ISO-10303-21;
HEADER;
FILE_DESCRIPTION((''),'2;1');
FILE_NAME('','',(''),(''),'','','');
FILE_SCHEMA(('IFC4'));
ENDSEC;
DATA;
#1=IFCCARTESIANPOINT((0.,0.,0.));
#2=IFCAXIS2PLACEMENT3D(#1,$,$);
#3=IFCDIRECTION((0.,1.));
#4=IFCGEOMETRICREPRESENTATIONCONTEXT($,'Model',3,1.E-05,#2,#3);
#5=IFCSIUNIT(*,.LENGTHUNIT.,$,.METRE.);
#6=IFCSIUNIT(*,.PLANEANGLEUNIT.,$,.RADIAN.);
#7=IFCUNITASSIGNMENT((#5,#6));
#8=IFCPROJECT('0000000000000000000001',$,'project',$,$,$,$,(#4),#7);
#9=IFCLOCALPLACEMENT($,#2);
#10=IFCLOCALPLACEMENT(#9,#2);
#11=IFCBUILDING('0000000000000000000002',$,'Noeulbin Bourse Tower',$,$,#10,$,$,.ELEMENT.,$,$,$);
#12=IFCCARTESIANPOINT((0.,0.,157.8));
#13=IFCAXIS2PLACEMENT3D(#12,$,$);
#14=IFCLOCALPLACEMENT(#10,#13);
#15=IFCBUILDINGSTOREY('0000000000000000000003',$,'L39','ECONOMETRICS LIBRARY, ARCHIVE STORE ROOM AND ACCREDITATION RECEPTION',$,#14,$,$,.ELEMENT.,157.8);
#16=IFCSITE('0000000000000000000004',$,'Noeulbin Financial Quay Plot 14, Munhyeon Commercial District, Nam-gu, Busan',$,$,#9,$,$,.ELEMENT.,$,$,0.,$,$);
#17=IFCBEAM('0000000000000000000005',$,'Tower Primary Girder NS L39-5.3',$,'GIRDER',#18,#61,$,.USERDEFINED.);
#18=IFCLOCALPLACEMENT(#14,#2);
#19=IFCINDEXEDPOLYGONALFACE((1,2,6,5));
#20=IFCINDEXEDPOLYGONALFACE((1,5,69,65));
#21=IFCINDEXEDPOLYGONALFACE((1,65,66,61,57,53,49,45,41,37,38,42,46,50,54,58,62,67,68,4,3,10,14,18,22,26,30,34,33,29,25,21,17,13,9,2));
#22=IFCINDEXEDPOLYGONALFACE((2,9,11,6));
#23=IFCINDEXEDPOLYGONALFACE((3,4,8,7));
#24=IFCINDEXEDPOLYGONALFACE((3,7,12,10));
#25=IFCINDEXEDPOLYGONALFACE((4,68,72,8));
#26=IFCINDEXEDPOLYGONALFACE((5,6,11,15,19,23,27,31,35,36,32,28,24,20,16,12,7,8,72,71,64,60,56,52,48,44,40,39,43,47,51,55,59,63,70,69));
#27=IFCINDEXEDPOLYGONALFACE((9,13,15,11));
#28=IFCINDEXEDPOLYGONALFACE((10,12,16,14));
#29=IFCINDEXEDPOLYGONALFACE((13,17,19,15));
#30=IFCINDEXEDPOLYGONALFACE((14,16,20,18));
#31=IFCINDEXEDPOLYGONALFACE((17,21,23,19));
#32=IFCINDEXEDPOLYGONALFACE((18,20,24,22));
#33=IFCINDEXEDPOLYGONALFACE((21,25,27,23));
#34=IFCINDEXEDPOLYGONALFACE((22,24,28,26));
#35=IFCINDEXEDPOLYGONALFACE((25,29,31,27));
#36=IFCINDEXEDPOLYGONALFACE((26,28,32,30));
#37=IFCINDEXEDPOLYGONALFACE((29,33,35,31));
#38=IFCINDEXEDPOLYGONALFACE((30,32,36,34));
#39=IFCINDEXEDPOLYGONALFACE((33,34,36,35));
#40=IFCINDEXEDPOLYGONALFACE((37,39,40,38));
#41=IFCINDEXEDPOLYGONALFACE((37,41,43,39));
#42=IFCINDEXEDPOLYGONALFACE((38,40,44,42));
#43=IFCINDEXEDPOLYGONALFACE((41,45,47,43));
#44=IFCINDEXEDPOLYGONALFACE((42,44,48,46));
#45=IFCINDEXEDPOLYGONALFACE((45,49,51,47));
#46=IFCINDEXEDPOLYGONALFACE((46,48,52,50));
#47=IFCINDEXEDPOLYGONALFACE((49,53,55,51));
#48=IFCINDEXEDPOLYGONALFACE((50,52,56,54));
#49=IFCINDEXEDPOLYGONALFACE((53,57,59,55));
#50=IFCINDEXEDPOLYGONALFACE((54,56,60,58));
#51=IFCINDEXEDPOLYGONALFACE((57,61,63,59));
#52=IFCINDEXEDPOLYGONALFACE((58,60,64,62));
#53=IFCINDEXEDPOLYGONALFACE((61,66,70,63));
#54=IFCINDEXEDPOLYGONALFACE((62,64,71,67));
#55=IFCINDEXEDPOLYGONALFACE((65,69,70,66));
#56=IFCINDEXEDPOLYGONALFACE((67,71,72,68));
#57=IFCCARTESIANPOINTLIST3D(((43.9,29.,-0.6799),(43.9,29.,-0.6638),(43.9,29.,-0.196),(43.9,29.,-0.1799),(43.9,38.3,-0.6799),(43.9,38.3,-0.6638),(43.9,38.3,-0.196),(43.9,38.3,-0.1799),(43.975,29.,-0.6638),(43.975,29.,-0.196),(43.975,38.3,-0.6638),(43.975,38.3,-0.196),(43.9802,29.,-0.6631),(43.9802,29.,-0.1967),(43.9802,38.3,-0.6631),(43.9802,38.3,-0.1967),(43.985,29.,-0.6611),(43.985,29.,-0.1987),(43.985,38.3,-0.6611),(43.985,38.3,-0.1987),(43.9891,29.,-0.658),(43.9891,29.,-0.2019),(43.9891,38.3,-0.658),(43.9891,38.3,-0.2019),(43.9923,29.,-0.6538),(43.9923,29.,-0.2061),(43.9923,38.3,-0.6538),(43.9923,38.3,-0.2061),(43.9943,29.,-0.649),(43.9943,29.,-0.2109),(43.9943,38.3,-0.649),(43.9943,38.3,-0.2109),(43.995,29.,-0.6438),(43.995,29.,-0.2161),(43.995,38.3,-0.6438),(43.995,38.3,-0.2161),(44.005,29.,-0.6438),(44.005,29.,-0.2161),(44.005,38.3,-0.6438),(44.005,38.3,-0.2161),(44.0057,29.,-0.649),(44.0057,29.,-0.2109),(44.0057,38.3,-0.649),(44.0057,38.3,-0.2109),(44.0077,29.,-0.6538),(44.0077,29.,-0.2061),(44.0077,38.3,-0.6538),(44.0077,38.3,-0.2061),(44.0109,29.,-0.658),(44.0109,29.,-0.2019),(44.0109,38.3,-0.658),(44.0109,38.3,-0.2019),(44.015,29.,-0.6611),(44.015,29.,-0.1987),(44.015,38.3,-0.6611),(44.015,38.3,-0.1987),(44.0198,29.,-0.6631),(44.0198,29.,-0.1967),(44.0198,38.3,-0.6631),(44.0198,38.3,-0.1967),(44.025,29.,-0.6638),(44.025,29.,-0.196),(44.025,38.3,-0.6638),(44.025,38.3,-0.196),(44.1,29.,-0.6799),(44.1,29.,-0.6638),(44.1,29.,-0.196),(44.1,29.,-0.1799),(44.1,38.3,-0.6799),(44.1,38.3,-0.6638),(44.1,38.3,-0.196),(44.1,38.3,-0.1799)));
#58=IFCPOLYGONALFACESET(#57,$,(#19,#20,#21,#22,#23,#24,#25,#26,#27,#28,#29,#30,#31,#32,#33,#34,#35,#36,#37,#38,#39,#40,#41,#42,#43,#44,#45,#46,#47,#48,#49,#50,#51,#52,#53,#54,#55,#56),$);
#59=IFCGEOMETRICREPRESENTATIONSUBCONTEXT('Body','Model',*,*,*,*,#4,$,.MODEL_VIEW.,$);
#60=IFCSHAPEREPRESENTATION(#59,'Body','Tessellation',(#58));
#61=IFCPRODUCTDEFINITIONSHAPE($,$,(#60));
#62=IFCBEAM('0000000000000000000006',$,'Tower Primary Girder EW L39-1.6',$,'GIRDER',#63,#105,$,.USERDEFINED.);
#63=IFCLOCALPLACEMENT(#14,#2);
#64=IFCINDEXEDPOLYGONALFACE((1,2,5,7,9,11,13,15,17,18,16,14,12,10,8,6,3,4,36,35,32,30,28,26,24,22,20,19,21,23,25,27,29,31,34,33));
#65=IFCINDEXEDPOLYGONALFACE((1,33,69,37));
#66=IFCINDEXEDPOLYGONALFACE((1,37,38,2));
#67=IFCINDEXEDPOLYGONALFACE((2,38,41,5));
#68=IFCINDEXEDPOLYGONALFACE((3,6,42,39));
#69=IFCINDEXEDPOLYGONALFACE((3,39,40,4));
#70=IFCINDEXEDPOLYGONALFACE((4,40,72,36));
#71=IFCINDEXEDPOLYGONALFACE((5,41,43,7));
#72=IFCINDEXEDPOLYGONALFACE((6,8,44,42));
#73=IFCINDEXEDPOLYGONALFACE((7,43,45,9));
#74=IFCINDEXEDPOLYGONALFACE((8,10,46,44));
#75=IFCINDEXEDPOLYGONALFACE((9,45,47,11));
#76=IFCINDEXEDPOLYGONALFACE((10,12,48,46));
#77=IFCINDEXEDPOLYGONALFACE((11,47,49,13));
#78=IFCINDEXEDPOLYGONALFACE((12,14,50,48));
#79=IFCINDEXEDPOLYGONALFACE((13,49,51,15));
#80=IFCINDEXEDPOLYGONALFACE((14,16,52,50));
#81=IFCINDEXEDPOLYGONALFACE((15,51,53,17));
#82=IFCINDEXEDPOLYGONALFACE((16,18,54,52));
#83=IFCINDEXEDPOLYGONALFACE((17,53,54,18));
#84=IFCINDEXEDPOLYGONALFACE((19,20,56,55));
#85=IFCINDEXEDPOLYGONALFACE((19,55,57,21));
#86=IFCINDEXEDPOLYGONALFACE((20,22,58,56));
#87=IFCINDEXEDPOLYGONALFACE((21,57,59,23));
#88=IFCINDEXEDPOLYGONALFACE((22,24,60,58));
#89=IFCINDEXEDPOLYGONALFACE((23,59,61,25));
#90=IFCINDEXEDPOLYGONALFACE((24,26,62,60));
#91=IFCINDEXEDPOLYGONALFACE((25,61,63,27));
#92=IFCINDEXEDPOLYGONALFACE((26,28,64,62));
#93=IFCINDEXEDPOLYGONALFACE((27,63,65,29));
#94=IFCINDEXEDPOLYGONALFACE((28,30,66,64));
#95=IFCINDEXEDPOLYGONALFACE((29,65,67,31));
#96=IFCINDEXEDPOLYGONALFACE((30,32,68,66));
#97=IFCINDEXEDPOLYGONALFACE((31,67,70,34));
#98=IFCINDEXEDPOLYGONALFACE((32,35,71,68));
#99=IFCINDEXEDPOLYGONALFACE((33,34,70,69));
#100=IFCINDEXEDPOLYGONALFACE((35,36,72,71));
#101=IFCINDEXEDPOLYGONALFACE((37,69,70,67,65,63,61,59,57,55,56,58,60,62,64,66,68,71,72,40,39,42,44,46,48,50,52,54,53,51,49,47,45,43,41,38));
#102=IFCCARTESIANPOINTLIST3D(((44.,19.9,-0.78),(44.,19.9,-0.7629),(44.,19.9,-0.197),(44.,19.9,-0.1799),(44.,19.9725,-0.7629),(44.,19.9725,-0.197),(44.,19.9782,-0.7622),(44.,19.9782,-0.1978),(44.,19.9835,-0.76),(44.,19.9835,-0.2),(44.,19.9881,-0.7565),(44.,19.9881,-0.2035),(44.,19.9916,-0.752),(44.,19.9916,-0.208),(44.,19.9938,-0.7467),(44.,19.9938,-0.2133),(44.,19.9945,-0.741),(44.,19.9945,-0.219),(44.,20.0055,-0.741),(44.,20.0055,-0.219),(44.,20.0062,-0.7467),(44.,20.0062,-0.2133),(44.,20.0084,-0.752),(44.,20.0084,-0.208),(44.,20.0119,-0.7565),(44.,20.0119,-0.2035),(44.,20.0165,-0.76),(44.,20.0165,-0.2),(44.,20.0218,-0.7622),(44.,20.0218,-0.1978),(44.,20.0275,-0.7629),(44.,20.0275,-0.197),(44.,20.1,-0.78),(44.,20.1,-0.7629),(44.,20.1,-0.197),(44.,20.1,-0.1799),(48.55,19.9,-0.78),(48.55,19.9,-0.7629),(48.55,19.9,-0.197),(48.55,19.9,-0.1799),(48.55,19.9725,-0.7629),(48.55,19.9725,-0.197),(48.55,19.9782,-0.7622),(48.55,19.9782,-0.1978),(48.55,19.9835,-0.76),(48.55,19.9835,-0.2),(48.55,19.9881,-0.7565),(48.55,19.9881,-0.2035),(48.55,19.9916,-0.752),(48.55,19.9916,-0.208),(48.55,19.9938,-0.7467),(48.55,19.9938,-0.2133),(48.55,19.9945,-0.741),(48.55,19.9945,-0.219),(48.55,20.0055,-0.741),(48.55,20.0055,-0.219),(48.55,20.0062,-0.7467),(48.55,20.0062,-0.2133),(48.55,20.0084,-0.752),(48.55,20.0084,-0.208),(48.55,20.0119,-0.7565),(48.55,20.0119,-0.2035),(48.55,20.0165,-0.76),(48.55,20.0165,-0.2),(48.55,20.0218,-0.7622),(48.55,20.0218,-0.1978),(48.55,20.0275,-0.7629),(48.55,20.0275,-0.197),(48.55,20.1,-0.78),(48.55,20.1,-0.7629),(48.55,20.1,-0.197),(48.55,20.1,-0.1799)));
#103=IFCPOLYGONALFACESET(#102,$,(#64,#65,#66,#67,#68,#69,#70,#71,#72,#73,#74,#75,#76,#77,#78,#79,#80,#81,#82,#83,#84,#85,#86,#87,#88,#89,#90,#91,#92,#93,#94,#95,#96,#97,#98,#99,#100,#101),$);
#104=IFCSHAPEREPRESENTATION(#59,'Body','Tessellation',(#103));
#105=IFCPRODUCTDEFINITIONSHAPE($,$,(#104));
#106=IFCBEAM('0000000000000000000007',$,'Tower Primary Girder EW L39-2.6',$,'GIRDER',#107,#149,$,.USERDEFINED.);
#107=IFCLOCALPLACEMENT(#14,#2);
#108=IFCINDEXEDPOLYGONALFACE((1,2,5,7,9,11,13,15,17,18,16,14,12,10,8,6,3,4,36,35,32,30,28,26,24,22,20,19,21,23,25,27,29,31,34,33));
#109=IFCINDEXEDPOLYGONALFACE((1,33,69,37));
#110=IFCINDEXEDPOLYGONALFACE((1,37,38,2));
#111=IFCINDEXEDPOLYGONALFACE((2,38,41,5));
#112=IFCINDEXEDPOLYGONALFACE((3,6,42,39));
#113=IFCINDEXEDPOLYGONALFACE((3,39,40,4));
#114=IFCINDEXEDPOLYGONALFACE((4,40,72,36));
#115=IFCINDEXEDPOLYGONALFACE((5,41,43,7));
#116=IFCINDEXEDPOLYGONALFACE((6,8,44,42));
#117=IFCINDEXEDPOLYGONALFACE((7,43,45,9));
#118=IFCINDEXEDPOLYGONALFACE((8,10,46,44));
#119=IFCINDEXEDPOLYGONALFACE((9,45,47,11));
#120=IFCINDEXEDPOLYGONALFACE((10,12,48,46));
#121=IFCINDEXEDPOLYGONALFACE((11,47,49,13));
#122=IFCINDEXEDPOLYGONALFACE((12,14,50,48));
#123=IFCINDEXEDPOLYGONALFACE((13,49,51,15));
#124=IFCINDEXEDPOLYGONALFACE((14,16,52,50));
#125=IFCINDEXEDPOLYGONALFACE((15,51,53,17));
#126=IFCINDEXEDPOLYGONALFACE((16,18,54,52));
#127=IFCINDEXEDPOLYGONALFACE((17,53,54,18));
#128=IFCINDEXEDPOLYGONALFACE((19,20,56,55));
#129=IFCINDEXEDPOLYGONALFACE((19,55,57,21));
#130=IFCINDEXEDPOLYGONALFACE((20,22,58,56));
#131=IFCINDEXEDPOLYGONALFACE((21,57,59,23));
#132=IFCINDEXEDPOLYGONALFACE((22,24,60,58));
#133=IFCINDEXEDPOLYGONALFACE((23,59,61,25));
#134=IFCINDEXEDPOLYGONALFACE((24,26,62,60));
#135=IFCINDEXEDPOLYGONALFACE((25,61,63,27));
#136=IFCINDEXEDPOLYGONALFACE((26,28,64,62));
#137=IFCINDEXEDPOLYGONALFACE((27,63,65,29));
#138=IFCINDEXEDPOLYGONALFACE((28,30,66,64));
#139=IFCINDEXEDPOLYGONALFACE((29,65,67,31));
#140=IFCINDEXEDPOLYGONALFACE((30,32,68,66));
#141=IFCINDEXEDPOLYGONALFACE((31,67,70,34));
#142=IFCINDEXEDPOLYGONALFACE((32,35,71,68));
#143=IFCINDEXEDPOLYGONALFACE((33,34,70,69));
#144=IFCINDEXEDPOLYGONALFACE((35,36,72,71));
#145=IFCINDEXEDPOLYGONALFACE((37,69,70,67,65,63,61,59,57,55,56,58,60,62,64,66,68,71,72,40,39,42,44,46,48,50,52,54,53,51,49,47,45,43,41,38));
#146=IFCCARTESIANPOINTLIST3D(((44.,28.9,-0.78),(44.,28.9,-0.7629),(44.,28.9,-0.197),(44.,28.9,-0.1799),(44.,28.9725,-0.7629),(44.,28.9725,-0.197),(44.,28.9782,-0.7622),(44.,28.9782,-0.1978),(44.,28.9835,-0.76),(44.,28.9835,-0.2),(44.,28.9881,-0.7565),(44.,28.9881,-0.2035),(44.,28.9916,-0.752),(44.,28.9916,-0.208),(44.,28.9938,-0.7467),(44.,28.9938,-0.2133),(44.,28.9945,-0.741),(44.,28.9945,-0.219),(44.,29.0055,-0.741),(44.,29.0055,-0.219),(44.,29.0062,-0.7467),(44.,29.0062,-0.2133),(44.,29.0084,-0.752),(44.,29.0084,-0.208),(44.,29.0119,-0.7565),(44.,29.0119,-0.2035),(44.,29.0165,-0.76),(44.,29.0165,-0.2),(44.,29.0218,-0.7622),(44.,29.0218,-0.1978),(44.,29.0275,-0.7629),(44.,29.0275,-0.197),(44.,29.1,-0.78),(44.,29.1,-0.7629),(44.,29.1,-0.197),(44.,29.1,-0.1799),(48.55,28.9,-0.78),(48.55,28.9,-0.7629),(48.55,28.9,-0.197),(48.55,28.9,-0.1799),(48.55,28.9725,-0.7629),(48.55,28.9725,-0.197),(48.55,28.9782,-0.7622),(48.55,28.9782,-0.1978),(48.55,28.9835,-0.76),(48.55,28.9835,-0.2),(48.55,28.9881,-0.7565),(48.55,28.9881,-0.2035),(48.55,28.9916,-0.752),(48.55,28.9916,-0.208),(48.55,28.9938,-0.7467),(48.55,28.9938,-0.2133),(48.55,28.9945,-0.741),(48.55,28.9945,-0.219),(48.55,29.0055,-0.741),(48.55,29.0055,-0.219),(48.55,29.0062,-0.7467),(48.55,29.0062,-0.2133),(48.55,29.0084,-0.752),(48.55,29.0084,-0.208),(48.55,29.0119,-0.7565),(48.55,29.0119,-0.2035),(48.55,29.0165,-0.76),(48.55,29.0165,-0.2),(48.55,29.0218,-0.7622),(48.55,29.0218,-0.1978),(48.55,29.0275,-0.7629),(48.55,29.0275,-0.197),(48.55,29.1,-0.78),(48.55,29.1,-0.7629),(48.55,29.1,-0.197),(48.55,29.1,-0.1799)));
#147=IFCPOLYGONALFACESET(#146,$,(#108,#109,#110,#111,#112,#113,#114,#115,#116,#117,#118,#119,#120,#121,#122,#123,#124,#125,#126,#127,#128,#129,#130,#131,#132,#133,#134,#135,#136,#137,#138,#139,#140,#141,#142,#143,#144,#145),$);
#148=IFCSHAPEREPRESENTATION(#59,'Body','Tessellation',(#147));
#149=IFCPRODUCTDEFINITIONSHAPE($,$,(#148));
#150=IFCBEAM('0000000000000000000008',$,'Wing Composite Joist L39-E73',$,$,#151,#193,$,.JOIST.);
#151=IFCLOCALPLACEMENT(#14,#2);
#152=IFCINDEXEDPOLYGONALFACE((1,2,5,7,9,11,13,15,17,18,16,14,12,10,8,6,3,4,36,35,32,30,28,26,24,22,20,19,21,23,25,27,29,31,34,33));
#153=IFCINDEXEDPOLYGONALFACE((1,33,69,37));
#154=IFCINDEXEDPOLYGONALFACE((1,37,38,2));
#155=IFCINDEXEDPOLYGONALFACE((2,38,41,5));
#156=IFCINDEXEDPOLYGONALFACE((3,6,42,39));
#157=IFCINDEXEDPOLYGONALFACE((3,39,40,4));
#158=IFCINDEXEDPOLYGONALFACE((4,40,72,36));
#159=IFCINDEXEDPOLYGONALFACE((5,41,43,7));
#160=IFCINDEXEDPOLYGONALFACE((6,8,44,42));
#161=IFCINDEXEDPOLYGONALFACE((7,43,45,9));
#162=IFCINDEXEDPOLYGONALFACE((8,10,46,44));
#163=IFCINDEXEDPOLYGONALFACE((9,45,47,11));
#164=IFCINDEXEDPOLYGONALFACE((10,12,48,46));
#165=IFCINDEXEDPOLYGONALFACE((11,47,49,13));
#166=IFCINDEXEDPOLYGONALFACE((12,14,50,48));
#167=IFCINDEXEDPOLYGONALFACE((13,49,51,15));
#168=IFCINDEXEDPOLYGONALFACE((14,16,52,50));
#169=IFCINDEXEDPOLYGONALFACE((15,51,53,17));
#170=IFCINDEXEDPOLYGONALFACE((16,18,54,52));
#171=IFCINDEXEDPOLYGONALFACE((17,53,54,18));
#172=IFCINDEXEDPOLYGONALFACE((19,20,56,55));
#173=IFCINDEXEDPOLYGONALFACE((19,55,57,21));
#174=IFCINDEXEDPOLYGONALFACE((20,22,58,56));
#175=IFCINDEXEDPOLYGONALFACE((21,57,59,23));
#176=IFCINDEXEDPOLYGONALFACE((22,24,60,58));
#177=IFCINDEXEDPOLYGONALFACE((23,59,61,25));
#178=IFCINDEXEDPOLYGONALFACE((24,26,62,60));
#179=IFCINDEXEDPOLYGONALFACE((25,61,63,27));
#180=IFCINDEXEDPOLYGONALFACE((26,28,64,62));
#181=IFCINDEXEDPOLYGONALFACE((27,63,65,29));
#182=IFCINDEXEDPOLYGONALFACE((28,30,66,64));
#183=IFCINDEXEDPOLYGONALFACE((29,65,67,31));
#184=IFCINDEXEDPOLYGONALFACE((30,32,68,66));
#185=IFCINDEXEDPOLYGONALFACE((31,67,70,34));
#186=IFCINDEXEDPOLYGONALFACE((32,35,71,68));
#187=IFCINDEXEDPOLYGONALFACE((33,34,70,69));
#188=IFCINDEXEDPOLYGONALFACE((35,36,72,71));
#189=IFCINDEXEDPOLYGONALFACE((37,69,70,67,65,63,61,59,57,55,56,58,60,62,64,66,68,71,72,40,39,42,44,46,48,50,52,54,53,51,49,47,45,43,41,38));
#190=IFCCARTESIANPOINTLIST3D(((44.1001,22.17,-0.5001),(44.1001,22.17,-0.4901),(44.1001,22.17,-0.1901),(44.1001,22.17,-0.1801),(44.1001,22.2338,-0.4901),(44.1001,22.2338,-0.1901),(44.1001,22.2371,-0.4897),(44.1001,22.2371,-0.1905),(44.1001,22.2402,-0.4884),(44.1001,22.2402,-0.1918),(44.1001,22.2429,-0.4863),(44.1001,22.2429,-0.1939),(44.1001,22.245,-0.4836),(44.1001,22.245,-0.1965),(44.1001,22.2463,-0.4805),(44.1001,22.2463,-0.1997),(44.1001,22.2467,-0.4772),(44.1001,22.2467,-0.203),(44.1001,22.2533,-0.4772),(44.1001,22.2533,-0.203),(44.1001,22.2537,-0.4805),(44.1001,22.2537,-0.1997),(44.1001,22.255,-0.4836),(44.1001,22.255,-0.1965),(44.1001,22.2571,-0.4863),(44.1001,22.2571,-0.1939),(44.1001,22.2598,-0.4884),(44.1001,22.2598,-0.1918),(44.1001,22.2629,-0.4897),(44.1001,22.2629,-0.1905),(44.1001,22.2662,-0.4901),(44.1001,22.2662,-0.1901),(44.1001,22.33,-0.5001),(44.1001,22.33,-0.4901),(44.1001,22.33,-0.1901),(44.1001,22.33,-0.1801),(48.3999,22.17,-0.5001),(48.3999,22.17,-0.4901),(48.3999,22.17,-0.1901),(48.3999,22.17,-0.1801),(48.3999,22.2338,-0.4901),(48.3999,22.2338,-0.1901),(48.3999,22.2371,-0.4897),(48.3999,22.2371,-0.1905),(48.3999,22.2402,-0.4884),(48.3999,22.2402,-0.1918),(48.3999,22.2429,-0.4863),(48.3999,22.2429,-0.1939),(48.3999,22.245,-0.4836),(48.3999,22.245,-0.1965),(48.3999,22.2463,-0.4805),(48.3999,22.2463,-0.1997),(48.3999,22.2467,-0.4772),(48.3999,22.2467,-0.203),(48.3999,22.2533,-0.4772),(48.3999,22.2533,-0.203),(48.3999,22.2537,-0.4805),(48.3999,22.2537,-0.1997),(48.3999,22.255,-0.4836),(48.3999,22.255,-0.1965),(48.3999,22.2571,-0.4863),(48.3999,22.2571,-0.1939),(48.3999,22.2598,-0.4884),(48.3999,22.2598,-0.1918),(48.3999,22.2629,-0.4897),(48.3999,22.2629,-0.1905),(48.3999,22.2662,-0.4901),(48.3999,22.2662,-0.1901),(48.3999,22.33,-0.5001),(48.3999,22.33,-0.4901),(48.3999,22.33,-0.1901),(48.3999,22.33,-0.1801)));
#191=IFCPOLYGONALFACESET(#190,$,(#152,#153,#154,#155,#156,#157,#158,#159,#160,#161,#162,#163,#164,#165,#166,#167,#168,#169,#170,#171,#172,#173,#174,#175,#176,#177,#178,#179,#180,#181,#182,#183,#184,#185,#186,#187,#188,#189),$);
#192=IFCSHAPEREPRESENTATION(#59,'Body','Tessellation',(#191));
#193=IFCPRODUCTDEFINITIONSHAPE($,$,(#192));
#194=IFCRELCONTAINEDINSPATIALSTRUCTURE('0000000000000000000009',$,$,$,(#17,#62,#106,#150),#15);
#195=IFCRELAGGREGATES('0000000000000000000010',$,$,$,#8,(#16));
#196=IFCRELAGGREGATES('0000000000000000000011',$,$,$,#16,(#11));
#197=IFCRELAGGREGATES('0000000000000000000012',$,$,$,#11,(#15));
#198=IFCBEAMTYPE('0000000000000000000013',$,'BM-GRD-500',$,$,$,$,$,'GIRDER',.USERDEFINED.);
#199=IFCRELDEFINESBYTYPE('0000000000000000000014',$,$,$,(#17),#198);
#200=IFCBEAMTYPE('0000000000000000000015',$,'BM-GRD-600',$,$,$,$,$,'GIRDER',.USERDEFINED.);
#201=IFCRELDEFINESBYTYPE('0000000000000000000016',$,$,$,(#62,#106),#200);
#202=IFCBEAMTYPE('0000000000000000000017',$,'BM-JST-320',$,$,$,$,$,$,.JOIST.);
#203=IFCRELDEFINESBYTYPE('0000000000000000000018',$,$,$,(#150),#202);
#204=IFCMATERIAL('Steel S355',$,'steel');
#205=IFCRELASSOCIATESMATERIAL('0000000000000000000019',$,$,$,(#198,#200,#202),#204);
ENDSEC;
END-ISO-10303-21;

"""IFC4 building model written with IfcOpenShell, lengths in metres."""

from ifc_helpers import new_model, si_unit, direction, frame, origin, origin_2d, place, context, subcontext, project, spatial, i_section, extrude, material, material_profile, profile_set, type_object, element, save


model = new_model("IFC4")

# Units and contexts
model_context = context("Model", 3, precision=1e-05, world=origin(), true_north=direction((0.0, 1.0)))
body_context = subcontext(model_context, "Body", "Model", "MODEL_VIEW")
ifc_project = project(units=[si_unit("LENGTHUNIT", "METRE"), si_unit("PLANEANGLEUNIT", "RADIAN")], contexts=[model_context])

# Site, building, storey
site_placement = place(None, origin())
site = spatial("IfcSite", under=ifc_project, at=site_placement, Name="Noeulbin Financial Quay Plot 14, Munhyeon Commercial District, Nam-gu, Busan", CompositionType="ELEMENT", RefElevation=0.0)
building_placement = place(site_placement, origin())
building = spatial("IfcBuilding", under=site, at=building_placement, Name="Noeulbin Bourse Tower", CompositionType="ELEMENT")
storey_placement = place(building_placement, frame((0.0, 0.0, 157.8)))
storey = spatial("IfcBuildingStorey", under=building, at=storey_placement, Name="L39", Description="ECONOMETRICS LIBRARY, ARCHIVE STORE ROOM AND ACCREDITATION RECEPTION", CompositionType="ELEMENT", Elevation=157.8)

# Shared definitions
ifc_material_1 = material(Name="Steel S355", Category="steel")

# Beams
ifc_material_profile_1 = material_profile(ifc_material_1, i_section(OverallWidth=0.2, OverallDepth=0.5, WebThickness=0.01, FlangeThickness=0.0161, FilletRadius=0.02, at=origin_2d()), Name="H-500x200x10x16", Category="LoadBearing")
ifc_profile_set_1 = profile_set([ifc_material_profile_1], Name="Steel S355")
beam_type_1 = type_object("IfcBeamType", Name="BM-GRD-500", ElementType="GIRDER", PredefinedType="USERDEFINED", material=ifc_profile_set_1)
beam_1_placement = place(storey_placement, frame((44.0, 29.0, -0.4299), z_axis=(0.0, 1.0, 0.0), x_axis=(-1.0, 0.0, 0.0)))
element("IfcBeam", 1, at=beam_1_placement, inside=storey, type_object=beam_type_1, Name="Tower Primary Girder NS L39-5.3", ObjectType="GIRDER", PredefinedType="USERDEFINED", context=body_context, shape_type="SweptSolid", body=[
    extrude(i_section(OverallWidth=0.2, OverallDepth=0.5, WebThickness=0.01, FlangeThickness=0.0161, FilletRadius=0.02, at=origin_2d()), origin(), (0.0, 0.0, 1.0), 9.3),
])
ifc_material_profile_2 = material_profile(ifc_material_1, i_section(OverallWidth=0.2, OverallDepth=0.6001, WebThickness=0.011, FlangeThickness=0.0171, FilletRadius=0.022, at=origin_2d()), Name="H-600x200x11x17", Category="LoadBearing")
ifc_profile_set_2 = profile_set([ifc_material_profile_2], Name="Steel S355")
beam_type_2 = type_object("IfcBeamType", Name="BM-GRD-600", ElementType="GIRDER", PredefinedType="USERDEFINED", material=ifc_profile_set_2)
for number, where, z_axis, x_axis, name in (
    (2, (44.0, 20.0, -0.48), (1.0, 0.0, 0.0), (0.0, 1.0, 0.0), "Tower Primary Girder EW L39-1.6"),
    (3, (44.0, 29.0, -0.48), (1.0, 0.0, 0.0), (0.0, 1.0, 0.0), "Tower Primary Girder EW L39-2.6"),
):
    element("IfcBeam", number, at=place(storey_placement, frame(where, z_axis=z_axis, x_axis=x_axis)), inside=storey, type_object=beam_type_2, Name=name, ObjectType="GIRDER", PredefinedType="USERDEFINED", context=body_context, shape_type="SweptSolid", body=[
        extrude(i_section(OverallWidth=0.2, OverallDepth=0.6001, WebThickness=0.011, FlangeThickness=0.0171, FilletRadius=0.022, at=origin_2d()), origin(), (0.0, 0.0, 1.0), 4.55),
    ])
ifc_material_profile_3 = material_profile(ifc_material_1, i_section(OverallWidth=0.1599, OverallDepth=0.3201, WebThickness=0.0066, FlangeThickness=0.01, FilletRadius=0.0129, at=origin_2d()), Name="H-320x160x6.5x10", Category="LoadBearing")
ifc_profile_set_3 = profile_set([ifc_material_profile_3], Name="Steel S355")
beam_type_3 = type_object("IfcBeamType", Name="BM-JST-320", PredefinedType="JOIST", material=ifc_profile_set_3)
for number, where, z_axis, x_axis, name in (
    (4, (44.1001, 22.25, -0.3401), (1.0, 0.0, 0.0), (0.0, 1.0, 0.0), "Wing Composite Joist L39-E73"),
):
    element("IfcBeam", number, at=place(storey_placement, frame(where, z_axis=z_axis, x_axis=x_axis)), inside=storey, type_object=beam_type_3, Name=name, PredefinedType="JOIST", context=body_context, shape_type="SweptSolid", body=[
        extrude(i_section(OverallWidth=0.1599, OverallDepth=0.3201, WebThickness=0.0066, FlangeThickness=0.01, FilletRadius=0.0129, at=origin_2d()), origin(), (0.0, 0.0, 1.0), 4.2998),
    ])

save(model, "model.ifc")
